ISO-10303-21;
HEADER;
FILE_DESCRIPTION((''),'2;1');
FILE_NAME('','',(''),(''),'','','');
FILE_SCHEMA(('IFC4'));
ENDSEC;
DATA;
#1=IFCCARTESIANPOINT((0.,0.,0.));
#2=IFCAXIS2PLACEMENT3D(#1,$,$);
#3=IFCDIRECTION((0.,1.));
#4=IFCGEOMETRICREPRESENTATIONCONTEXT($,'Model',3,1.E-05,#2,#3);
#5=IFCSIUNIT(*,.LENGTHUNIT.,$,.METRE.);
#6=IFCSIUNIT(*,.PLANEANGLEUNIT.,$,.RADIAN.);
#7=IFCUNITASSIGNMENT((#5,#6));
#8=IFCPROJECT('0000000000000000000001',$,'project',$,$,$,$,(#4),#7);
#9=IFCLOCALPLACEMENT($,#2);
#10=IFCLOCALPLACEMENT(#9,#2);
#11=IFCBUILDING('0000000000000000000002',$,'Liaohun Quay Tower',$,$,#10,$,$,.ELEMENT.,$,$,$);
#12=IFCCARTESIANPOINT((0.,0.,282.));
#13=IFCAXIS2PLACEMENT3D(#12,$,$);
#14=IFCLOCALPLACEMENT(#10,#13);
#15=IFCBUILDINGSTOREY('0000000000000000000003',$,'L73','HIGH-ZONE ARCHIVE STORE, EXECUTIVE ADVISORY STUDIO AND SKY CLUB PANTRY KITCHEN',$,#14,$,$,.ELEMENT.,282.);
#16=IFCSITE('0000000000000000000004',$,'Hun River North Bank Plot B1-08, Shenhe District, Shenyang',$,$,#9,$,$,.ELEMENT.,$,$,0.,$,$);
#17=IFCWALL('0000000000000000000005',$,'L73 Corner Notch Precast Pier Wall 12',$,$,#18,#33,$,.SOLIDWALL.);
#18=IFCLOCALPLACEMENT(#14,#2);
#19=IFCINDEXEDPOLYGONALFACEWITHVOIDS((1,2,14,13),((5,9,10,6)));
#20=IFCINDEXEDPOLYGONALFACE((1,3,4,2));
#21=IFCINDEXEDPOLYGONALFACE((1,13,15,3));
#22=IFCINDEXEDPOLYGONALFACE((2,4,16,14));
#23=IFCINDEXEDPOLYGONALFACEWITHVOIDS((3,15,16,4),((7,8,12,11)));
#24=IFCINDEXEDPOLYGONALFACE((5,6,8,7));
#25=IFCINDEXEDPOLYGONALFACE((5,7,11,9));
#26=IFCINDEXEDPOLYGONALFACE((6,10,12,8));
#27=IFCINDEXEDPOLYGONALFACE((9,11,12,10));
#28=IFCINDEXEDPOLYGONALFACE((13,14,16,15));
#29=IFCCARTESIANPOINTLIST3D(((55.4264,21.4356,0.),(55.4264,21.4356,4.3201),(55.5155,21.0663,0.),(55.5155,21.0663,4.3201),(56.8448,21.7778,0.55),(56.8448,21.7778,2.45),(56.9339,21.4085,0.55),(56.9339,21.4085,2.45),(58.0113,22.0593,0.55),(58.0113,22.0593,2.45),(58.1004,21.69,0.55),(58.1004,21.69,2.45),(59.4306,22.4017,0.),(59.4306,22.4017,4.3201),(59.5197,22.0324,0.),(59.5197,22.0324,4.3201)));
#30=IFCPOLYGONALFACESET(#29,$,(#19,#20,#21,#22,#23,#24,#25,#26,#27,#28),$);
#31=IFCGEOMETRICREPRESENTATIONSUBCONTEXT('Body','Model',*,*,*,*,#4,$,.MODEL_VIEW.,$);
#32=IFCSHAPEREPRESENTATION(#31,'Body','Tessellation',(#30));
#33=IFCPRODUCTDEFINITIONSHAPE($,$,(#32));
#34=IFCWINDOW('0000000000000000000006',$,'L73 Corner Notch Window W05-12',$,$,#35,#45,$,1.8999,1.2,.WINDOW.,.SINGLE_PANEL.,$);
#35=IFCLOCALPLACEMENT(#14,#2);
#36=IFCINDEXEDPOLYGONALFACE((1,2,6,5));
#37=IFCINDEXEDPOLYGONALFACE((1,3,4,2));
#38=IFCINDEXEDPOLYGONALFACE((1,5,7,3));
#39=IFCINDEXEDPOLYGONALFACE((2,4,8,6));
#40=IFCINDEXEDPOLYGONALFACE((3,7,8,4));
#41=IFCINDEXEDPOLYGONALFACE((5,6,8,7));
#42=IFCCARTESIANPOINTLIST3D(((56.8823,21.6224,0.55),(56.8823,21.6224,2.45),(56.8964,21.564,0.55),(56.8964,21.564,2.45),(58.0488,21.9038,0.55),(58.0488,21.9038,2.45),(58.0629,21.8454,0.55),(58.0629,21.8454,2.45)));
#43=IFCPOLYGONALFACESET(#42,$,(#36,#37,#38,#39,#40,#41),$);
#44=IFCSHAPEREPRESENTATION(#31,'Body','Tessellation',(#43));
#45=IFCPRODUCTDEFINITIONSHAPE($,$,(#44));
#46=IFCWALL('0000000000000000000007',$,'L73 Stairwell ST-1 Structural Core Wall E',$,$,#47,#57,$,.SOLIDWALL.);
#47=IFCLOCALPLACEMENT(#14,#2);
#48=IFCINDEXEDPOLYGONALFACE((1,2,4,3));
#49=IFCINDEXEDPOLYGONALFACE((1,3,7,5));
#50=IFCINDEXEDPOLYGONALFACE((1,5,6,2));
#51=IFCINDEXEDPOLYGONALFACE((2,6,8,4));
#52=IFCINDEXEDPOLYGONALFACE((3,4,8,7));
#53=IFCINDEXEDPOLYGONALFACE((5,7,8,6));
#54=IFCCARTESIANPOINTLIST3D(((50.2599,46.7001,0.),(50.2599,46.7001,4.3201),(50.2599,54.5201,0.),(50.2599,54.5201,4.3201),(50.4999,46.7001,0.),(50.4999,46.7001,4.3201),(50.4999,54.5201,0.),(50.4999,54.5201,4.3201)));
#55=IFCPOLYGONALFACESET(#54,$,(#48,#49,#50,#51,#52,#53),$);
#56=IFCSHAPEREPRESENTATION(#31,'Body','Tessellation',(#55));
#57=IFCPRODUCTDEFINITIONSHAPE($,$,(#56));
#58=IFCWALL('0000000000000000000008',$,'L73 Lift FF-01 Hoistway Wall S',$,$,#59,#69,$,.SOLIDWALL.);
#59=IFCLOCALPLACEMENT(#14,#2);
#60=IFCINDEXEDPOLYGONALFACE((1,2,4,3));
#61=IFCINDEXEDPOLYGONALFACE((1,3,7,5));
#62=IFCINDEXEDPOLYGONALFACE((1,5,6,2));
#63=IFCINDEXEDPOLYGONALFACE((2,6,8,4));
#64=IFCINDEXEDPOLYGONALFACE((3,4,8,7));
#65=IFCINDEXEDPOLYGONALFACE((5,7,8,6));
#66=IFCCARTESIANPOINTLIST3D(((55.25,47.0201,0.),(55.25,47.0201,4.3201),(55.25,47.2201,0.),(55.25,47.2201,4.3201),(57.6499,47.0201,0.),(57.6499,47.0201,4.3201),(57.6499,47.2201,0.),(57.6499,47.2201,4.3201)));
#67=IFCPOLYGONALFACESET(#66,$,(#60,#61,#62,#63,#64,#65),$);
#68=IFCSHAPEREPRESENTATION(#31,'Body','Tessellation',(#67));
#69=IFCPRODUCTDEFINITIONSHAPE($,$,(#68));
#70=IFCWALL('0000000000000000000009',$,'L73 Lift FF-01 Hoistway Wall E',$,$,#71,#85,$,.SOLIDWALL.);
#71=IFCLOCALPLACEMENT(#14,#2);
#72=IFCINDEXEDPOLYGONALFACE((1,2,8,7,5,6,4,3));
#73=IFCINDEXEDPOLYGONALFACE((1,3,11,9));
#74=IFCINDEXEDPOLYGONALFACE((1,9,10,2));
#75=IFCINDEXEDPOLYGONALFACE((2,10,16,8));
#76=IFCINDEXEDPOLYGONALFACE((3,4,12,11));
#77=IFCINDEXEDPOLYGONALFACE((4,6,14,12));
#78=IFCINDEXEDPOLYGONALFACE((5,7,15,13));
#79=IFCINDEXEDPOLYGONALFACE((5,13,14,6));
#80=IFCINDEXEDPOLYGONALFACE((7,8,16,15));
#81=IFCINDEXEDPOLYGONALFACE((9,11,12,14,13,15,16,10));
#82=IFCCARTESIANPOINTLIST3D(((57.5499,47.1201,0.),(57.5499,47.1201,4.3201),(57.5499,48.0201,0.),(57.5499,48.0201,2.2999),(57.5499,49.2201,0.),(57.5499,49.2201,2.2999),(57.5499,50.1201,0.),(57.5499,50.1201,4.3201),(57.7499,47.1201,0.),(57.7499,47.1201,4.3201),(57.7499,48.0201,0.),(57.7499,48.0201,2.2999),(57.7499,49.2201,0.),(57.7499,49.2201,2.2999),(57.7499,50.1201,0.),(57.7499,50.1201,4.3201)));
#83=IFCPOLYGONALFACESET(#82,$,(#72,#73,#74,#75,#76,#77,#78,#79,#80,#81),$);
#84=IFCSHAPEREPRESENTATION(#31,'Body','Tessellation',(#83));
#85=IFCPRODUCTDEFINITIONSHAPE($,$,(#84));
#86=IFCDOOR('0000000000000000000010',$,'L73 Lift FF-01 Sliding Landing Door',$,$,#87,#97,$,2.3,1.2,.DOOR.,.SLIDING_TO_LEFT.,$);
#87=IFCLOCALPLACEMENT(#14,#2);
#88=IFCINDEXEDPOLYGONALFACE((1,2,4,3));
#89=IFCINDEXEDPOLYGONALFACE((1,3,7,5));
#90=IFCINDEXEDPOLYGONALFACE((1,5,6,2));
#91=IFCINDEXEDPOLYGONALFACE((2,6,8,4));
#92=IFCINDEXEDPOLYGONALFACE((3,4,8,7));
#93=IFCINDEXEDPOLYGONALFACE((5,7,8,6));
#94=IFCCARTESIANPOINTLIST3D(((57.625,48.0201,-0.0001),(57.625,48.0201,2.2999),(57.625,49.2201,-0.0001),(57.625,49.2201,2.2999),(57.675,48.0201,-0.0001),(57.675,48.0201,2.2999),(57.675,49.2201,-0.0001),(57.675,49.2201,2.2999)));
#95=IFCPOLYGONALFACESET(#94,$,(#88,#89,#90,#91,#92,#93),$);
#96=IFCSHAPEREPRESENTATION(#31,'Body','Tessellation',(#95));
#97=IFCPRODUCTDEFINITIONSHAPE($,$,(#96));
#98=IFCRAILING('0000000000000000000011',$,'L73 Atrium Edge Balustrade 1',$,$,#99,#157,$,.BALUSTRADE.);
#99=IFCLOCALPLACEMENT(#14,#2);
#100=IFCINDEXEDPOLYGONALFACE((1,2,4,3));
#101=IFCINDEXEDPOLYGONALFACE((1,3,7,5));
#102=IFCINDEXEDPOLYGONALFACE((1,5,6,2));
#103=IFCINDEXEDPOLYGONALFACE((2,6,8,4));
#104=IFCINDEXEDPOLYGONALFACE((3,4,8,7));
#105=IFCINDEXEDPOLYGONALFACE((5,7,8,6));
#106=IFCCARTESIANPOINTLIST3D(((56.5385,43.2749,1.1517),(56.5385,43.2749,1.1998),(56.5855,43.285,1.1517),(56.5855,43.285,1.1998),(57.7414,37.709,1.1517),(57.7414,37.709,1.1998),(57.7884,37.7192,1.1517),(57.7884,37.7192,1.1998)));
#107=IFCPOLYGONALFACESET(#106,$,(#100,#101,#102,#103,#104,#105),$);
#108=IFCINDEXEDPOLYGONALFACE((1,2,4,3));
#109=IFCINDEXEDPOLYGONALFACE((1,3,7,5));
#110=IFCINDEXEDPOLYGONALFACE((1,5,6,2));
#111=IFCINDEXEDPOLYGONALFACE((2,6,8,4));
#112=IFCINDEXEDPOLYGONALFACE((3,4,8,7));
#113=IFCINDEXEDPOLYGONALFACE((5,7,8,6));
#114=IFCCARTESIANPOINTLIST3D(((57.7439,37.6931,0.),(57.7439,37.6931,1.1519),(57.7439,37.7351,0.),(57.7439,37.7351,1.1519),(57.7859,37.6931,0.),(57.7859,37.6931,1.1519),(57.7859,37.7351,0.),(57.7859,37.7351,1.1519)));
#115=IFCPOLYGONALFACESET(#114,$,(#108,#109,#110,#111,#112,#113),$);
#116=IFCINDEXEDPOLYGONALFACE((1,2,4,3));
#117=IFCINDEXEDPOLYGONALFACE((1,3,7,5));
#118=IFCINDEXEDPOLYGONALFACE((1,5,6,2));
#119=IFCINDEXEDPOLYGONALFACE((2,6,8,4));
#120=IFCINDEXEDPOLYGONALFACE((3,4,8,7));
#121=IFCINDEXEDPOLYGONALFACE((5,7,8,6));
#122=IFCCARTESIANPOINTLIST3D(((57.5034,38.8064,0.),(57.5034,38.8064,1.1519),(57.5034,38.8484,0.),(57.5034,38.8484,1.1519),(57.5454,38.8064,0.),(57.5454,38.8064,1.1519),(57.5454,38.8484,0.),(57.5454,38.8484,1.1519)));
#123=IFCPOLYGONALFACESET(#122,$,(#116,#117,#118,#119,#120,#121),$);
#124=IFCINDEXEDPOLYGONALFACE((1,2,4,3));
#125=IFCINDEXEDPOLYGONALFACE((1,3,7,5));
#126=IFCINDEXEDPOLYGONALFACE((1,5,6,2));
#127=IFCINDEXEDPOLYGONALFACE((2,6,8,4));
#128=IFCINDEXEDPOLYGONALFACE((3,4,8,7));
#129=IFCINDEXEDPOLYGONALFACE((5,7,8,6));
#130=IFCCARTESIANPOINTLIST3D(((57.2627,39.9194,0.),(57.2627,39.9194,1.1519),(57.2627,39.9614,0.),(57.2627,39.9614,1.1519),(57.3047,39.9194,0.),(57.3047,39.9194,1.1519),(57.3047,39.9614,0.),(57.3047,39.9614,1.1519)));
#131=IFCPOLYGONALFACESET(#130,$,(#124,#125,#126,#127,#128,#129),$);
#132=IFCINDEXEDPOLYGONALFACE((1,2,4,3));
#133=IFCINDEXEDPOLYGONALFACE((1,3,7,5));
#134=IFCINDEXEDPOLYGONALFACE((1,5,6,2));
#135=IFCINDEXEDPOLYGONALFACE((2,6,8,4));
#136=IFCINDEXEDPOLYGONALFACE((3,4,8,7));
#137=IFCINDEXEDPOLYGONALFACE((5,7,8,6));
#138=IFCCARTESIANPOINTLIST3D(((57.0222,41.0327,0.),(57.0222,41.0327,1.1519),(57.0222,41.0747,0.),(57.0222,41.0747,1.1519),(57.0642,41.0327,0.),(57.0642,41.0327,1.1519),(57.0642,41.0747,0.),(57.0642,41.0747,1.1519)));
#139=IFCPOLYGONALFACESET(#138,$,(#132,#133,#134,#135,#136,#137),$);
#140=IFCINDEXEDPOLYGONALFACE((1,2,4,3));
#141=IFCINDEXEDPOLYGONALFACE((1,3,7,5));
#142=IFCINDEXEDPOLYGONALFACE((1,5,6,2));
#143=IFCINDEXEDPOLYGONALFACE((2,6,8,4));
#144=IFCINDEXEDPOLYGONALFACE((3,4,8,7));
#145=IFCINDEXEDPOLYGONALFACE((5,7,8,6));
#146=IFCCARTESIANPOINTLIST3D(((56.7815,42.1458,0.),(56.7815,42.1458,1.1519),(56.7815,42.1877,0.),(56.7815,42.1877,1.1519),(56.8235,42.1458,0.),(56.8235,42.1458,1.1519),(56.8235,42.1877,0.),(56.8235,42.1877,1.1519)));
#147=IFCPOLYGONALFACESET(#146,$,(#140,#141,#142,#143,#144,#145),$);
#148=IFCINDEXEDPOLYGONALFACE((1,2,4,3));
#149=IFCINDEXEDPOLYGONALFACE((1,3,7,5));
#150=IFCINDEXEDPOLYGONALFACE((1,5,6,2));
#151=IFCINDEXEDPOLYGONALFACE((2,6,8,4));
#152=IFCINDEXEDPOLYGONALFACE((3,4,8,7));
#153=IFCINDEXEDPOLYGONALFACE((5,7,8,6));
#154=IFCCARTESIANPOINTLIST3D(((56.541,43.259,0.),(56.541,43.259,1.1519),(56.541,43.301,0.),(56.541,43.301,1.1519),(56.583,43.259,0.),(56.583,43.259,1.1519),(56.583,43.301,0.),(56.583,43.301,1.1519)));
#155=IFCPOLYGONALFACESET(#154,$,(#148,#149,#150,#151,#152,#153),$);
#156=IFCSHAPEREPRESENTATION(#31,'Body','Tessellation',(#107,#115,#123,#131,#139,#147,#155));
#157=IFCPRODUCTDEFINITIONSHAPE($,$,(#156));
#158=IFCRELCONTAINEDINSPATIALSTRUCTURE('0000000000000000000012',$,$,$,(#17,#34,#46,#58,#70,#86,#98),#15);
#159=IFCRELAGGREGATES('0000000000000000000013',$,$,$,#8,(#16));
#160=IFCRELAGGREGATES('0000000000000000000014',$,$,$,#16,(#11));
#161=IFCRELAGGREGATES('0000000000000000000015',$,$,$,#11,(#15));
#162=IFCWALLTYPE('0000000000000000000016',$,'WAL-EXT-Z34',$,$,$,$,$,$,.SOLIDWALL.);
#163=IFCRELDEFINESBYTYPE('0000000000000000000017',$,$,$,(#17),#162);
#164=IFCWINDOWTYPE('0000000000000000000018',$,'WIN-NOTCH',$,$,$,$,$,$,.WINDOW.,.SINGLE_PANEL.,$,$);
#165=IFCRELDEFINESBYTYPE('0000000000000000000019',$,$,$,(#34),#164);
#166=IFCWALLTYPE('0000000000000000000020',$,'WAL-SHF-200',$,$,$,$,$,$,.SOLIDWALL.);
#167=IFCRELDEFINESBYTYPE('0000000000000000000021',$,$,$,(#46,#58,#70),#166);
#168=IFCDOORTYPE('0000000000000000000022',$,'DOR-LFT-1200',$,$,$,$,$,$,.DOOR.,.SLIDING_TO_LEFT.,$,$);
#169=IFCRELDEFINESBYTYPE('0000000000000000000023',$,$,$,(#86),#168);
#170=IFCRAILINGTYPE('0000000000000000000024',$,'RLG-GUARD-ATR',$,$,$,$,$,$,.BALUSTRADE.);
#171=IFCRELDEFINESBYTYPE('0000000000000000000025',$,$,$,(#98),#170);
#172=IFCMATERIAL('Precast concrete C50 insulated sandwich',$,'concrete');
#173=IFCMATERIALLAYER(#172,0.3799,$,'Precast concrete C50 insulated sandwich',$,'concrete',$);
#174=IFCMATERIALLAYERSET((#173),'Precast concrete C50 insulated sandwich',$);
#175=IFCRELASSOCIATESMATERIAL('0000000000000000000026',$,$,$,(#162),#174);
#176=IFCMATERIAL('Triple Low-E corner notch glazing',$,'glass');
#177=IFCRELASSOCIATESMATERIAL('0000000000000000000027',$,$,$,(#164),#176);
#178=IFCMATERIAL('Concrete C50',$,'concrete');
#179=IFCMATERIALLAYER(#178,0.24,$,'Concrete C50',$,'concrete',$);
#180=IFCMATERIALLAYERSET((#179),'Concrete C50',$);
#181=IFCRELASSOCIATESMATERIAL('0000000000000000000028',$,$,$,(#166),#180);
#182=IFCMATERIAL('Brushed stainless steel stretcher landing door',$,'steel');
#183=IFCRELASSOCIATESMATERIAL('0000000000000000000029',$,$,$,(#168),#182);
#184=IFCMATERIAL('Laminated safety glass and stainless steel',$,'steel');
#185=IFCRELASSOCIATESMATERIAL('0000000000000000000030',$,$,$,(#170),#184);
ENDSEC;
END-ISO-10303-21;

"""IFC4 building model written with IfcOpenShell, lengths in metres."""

from ifc_helpers import new_model, si_unit, direction, frame, frame_2d, origin, origin_2d, place, context, subcontext, project, spatial, rectangle, extrude, source, transform, mapped, material, layer, layer_set, type_object, element, fill, save


model = new_model("IFC4")

# Units and contexts
model_context = context("Model", 3, precision=1e-05, world=origin(), true_north=direction((0.0, 1.0)))
body_context = subcontext(model_context, "Body", "Model", "MODEL_VIEW")
ifc_project = project(units=[si_unit("LENGTHUNIT", "METRE"), si_unit("PLANEANGLEUNIT", "RADIAN")], contexts=[model_context])

# Site, building, storey
site_placement = place(None, origin())
site = spatial("IfcSite", under=ifc_project, at=site_placement, Name="Hun River North Bank Plot B1-08, Shenhe District, Shenyang", CompositionType="ELEMENT", RefElevation=0.0)
building_placement = place(site_placement, origin())
building = spatial("IfcBuilding", under=site, at=building_placement, Name="Liaohun Quay Tower", CompositionType="ELEMENT")
storey_placement = place(building_placement, frame((0.0, 0.0, 282.0)))
storey = spatial("IfcBuildingStorey", under=building, at=storey_placement, Name="L73", Description="HIGH-ZONE ARCHIVE STORE, EXECUTIVE ADVISORY STUDIO AND SKY CLUB PANTRY KITCHEN", CompositionType="ELEMENT", Elevation=282.0)

# Shared definitions
ifc_material_1 = material(Name="Concrete C50", Category="concrete")

# Shared definitions
ifc_material_2 = material(Name="Precast concrete C50 insulated sandwich", Category="concrete")
ifc_layer_1 = layer(ifc_material_2, 0.3799, Name="Precast concrete C50 insulated sandwich", Category="concrete")
ifc_layer_set_1 = layer_set([ifc_layer_1], Name="Precast concrete C50 insulated sandwich")
wall_type_1 = type_object("IfcWallType", Name="WAL-EXT-Z34", PredefinedType="SOLIDWALL", material=ifc_layer_set_1)

# Wall, opening, window
wall_1_placement = place(storey_placement, frame((55.4709, 21.251, 0.0), z_axis=(0.0, 0.0, 1.0), x_axis=(0.972107, 0.234536, 0.0)))
wall_1 = element("IfcWall", 1, at=wall_1_placement, inside=storey, type_object=wall_type_1, Name="L73 Corner Notch Precast Pier Wall 12", PredefinedType="SOLIDWALL", context=body_context, shape_type="SweptSolid", body=[
    extrude(rectangle(XDim=4.1191, YDim=0.3799, at=frame_2d((2.0596, 0.0))), origin(), (0.0, 0.0, 1.0), 4.3201),
])
shared_shape_1 = source(origin(), body_context, "Body", "SweptSolid", [
    extrude(rectangle(XDim=1.2, YDim=1.8999, at=frame_2d((0.6001, 0.95))), frame((0.0, 0.2, 0.0), z_axis=(0.0, -1.0, 0.0), x_axis=(1.0, 0.0, 0.0)), (0.0, 0.0, 1.0), 0.3999),
])
opening_1_placement = place(wall_1_placement, frame((1.459, 0.0, 0.55)))
opening_1 = element("IfcOpeningElement", 2, at=opening_1_placement, cuts=wall_1, PredefinedType="OPENING", context=body_context, shape_type="MappedRepresentation", body=[
    mapped(shared_shape_1, transform((0.0, 0.0, 0.0), x_axis=(1.0, 0.0, 0.0), y_axis=(0.0, 1.0, 0.0), z_axis=(0.0, 0.0, 1.0), scale=1.0)),
])
ifc_material_3 = material(Name="Triple Low-E corner notch glazing", Category="glass")
window_type = type_object("IfcWindowType", Name="WIN-NOTCH", PartitioningType="SINGLE_PANEL", PredefinedType="WINDOW", material=ifc_material_3)
shared_shape_2 = source(origin(), body_context, "Body", "SweptSolid", [
    extrude(rectangle(XDim=1.2, YDim=1.8999, at=frame_2d((0.6001, 0.95))), frame((0.0, 0.03, 0.0), z_axis=(0.0, -1.0, 0.0), x_axis=(1.0, 0.0, 0.0)), (0.0, 0.0, 1.0), 0.0601),
])
window_placement = place(opening_1_placement, origin())
window = element("IfcWindow", 3, at=window_placement, inside=storey, type_object=window_type, Name="L73 Corner Notch Window W05-12", OverallHeight=1.8999, OverallWidth=1.2, PartitioningType="SINGLE_PANEL", PredefinedType="WINDOW", context=body_context, shape_type="MappedRepresentation", body=[
    mapped(shared_shape_2, transform((0.0, 0.0, 0.0), x_axis=(1.0, 0.0, 0.0), y_axis=(0.0, 1.0, 0.0), z_axis=(0.0, 0.0, 1.0), scale=1.0)),
])
fill(opening_1, window)

# Walls
ifc_layer_2 = layer(ifc_material_1, 0.24, Name="Concrete C50", Category="concrete")
ifc_layer_set_2 = layer_set([ifc_layer_2], Name="Concrete C50")
wall_type_2 = type_object("IfcWallType", Name="WAL-SHF-200", PredefinedType="SOLIDWALL", material=ifc_layer_set_2)
wall_2_placement = place(storey_placement, frame((50.3799, 46.7, 0.0), z_axis=(0.0, 0.0, 1.0), x_axis=(0.0, 1.0, 0.0)))
element("IfcWall", 4, at=wall_2_placement, inside=storey, type_object=wall_type_2, Name="L73 Stairwell ST-1 Structural Core Wall E", PredefinedType="SOLIDWALL", context=body_context, shape_type="SweptSolid", body=[
    extrude(rectangle(XDim=7.8201, YDim=0.24, at=frame_2d((3.9102, 0.0))), origin(), (0.0, 0.0, 1.0), 4.3201),
])
wall_3_placement = place(storey_placement, frame((55.25, 47.1201, 0.0), z_axis=(0.0, 0.0, 1.0), x_axis=(1.0, 0.0, 0.0)))
element("IfcWall", 5, at=wall_3_placement, inside=storey, type_object=wall_type_2, Name="L73 Lift FF-01 Hoistway Wall S", PredefinedType="SOLIDWALL", context=body_context, shape_type="SweptSolid", body=[
    extrude(rectangle(XDim=2.3999, YDim=0.2, at=frame_2d((1.2, 0.0))), origin(), (0.0, 0.0, 1.0), 4.3201),
])

# Wall, opening, door
wall_4_placement = place(storey_placement, frame((57.6499, 47.1201, 0.0), z_axis=(0.0, 0.0, 1.0), x_axis=(0.0, 1.0, 0.0)))
wall_4 = element("IfcWall", 6, at=wall_4_placement, inside=storey, type_object=wall_type_2, Name="L73 Lift FF-01 Hoistway Wall E", PredefinedType="SOLIDWALL", context=body_context, shape_type="SweptSolid", body=[
    extrude(rectangle(XDim=3.0, YDim=0.2, at=frame_2d((1.5, 0.0))), origin(), (0.0, 0.0, 1.0), 4.3201),
])
shared_shape_3 = source(origin(), body_context, "Body", "SweptSolid", [
    extrude(rectangle(XDim=1.2, YDim=2.3, at=frame_2d((0.6001, 1.1499))), frame((0.0, 0.1099, 0.0), z_axis=(0.0, -1.0, 0.0), x_axis=(1.0, 0.0, 0.0)), (0.0, 0.0, 1.0), 0.22),
])
opening_2_placement = place(wall_4_placement, frame((0.8999, 0.0, 0.0)))
opening_2 = element("IfcOpeningElement", 7, at=opening_2_placement, cuts=wall_4, PredefinedType="OPENING", context=body_context, shape_type="MappedRepresentation", body=[
    mapped(shared_shape_3, transform((0.0, 0.0, 0.0), x_axis=(1.0, 0.0, 0.0), y_axis=(0.0, 1.0, 0.0), z_axis=(0.0, 0.0, 1.0), scale=1.0)),
])
ifc_material_4 = material(Name="Brushed stainless steel stretcher landing door", Category="steel")
door_type_1 = type_object("IfcDoorType", Name="DOR-LFT-1200", OperationType="SLIDING_TO_LEFT", PredefinedType="DOOR", material=ifc_material_4)
shared_shape_4 = source(origin(), body_context, "Body", "SweptSolid", [
    extrude(rectangle(XDim=1.2, YDim=2.3, at=frame_2d((0.6001, 1.1499))), frame((0.0, 0.0249, 0.0), z_axis=(0.0, -1.0, 0.0), x_axis=(1.0, 0.0, 0.0)), (0.0, 0.0, 1.0), 0.05),
])
door_1_placement = place(opening_2_placement, origin())
door_1 = element("IfcDoor", 8, at=door_1_placement, inside=storey, type_object=door_type_1, Name="L73 Lift FF-01 Sliding Landing Door", OperationType="SLIDING_TO_LEFT", OverallHeight=2.3, OverallWidth=1.2, PredefinedType="DOOR", context=body_context, shape_type="MappedRepresentation", body=[
    mapped(shared_shape_4, transform((0.0, 0.0, 0.0), x_axis=(1.0, 0.0, 0.0), y_axis=(0.0, 1.0, 0.0), z_axis=(0.0, 0.0, 1.0), scale=1.0)),
])
fill(opening_2, door_1)

# Railing
ifc_material_5 = material(Name="Laminated safety glass and stainless steel", Category="steel")
railing_type = type_object("IfcRailingType", Name="RLG-GUARD-ATR", PredefinedType="BALUSTRADE", material=ifc_material_5)
railing_1_placement = place(storey_placement, frame((57.7649, 37.7141, 0.0)))
element("IfcRailing", 9, at=railing_1_placement, inside=storey, type_object=railing_type, Name="L73 Atrium Edge Balustrade 1", PredefinedType="BALUSTRADE", context=body_context, shape_type="SweptSolid", body=[
    extrude(rectangle(XDim=0.0481, YDim=0.0481, at=origin_2d()), frame((0.0, 0.0, 1.1758), z_axis=(-0.211239, 0.977435, 0.0), x_axis=(-0.977435, -0.211239, 0.0)), (0.0, 0.0, 1.0), 5.6943),
    extrude(rectangle(XDim=0.042, YDim=0.042, at=origin_2d()), origin(), (0.0, 0.0, 1.0), 1.1519),
    extrude(rectangle(XDim=0.042, YDim=0.042, at=origin_2d()), frame((-0.2405, 1.1133, 0.0)), (0.0, 0.0, 1.0), 1.1519),
    extrude(rectangle(XDim=0.042, YDim=0.042, at=origin_2d()), frame((-0.4812, 2.2263, 0.0)), (0.0, 0.0, 1.0), 1.1519),
    extrude(rectangle(XDim=0.042, YDim=0.042, at=origin_2d()), frame((-0.7217, 3.3396, 0.0)), (0.0, 0.0, 1.0), 1.1519),
    extrude(rectangle(XDim=0.042, YDim=0.042, at=origin_2d()), frame((-0.9624, 4.4526, 0.0)), (0.0, 0.0, 1.0), 1.1519),
    extrude(rectangle(XDim=0.042, YDim=0.042, at=origin_2d()), frame((-1.2029, 5.5659, 0.0)), (0.0, 0.0, 1.0), 1.1519),
])

save(model, "model.ifc")
